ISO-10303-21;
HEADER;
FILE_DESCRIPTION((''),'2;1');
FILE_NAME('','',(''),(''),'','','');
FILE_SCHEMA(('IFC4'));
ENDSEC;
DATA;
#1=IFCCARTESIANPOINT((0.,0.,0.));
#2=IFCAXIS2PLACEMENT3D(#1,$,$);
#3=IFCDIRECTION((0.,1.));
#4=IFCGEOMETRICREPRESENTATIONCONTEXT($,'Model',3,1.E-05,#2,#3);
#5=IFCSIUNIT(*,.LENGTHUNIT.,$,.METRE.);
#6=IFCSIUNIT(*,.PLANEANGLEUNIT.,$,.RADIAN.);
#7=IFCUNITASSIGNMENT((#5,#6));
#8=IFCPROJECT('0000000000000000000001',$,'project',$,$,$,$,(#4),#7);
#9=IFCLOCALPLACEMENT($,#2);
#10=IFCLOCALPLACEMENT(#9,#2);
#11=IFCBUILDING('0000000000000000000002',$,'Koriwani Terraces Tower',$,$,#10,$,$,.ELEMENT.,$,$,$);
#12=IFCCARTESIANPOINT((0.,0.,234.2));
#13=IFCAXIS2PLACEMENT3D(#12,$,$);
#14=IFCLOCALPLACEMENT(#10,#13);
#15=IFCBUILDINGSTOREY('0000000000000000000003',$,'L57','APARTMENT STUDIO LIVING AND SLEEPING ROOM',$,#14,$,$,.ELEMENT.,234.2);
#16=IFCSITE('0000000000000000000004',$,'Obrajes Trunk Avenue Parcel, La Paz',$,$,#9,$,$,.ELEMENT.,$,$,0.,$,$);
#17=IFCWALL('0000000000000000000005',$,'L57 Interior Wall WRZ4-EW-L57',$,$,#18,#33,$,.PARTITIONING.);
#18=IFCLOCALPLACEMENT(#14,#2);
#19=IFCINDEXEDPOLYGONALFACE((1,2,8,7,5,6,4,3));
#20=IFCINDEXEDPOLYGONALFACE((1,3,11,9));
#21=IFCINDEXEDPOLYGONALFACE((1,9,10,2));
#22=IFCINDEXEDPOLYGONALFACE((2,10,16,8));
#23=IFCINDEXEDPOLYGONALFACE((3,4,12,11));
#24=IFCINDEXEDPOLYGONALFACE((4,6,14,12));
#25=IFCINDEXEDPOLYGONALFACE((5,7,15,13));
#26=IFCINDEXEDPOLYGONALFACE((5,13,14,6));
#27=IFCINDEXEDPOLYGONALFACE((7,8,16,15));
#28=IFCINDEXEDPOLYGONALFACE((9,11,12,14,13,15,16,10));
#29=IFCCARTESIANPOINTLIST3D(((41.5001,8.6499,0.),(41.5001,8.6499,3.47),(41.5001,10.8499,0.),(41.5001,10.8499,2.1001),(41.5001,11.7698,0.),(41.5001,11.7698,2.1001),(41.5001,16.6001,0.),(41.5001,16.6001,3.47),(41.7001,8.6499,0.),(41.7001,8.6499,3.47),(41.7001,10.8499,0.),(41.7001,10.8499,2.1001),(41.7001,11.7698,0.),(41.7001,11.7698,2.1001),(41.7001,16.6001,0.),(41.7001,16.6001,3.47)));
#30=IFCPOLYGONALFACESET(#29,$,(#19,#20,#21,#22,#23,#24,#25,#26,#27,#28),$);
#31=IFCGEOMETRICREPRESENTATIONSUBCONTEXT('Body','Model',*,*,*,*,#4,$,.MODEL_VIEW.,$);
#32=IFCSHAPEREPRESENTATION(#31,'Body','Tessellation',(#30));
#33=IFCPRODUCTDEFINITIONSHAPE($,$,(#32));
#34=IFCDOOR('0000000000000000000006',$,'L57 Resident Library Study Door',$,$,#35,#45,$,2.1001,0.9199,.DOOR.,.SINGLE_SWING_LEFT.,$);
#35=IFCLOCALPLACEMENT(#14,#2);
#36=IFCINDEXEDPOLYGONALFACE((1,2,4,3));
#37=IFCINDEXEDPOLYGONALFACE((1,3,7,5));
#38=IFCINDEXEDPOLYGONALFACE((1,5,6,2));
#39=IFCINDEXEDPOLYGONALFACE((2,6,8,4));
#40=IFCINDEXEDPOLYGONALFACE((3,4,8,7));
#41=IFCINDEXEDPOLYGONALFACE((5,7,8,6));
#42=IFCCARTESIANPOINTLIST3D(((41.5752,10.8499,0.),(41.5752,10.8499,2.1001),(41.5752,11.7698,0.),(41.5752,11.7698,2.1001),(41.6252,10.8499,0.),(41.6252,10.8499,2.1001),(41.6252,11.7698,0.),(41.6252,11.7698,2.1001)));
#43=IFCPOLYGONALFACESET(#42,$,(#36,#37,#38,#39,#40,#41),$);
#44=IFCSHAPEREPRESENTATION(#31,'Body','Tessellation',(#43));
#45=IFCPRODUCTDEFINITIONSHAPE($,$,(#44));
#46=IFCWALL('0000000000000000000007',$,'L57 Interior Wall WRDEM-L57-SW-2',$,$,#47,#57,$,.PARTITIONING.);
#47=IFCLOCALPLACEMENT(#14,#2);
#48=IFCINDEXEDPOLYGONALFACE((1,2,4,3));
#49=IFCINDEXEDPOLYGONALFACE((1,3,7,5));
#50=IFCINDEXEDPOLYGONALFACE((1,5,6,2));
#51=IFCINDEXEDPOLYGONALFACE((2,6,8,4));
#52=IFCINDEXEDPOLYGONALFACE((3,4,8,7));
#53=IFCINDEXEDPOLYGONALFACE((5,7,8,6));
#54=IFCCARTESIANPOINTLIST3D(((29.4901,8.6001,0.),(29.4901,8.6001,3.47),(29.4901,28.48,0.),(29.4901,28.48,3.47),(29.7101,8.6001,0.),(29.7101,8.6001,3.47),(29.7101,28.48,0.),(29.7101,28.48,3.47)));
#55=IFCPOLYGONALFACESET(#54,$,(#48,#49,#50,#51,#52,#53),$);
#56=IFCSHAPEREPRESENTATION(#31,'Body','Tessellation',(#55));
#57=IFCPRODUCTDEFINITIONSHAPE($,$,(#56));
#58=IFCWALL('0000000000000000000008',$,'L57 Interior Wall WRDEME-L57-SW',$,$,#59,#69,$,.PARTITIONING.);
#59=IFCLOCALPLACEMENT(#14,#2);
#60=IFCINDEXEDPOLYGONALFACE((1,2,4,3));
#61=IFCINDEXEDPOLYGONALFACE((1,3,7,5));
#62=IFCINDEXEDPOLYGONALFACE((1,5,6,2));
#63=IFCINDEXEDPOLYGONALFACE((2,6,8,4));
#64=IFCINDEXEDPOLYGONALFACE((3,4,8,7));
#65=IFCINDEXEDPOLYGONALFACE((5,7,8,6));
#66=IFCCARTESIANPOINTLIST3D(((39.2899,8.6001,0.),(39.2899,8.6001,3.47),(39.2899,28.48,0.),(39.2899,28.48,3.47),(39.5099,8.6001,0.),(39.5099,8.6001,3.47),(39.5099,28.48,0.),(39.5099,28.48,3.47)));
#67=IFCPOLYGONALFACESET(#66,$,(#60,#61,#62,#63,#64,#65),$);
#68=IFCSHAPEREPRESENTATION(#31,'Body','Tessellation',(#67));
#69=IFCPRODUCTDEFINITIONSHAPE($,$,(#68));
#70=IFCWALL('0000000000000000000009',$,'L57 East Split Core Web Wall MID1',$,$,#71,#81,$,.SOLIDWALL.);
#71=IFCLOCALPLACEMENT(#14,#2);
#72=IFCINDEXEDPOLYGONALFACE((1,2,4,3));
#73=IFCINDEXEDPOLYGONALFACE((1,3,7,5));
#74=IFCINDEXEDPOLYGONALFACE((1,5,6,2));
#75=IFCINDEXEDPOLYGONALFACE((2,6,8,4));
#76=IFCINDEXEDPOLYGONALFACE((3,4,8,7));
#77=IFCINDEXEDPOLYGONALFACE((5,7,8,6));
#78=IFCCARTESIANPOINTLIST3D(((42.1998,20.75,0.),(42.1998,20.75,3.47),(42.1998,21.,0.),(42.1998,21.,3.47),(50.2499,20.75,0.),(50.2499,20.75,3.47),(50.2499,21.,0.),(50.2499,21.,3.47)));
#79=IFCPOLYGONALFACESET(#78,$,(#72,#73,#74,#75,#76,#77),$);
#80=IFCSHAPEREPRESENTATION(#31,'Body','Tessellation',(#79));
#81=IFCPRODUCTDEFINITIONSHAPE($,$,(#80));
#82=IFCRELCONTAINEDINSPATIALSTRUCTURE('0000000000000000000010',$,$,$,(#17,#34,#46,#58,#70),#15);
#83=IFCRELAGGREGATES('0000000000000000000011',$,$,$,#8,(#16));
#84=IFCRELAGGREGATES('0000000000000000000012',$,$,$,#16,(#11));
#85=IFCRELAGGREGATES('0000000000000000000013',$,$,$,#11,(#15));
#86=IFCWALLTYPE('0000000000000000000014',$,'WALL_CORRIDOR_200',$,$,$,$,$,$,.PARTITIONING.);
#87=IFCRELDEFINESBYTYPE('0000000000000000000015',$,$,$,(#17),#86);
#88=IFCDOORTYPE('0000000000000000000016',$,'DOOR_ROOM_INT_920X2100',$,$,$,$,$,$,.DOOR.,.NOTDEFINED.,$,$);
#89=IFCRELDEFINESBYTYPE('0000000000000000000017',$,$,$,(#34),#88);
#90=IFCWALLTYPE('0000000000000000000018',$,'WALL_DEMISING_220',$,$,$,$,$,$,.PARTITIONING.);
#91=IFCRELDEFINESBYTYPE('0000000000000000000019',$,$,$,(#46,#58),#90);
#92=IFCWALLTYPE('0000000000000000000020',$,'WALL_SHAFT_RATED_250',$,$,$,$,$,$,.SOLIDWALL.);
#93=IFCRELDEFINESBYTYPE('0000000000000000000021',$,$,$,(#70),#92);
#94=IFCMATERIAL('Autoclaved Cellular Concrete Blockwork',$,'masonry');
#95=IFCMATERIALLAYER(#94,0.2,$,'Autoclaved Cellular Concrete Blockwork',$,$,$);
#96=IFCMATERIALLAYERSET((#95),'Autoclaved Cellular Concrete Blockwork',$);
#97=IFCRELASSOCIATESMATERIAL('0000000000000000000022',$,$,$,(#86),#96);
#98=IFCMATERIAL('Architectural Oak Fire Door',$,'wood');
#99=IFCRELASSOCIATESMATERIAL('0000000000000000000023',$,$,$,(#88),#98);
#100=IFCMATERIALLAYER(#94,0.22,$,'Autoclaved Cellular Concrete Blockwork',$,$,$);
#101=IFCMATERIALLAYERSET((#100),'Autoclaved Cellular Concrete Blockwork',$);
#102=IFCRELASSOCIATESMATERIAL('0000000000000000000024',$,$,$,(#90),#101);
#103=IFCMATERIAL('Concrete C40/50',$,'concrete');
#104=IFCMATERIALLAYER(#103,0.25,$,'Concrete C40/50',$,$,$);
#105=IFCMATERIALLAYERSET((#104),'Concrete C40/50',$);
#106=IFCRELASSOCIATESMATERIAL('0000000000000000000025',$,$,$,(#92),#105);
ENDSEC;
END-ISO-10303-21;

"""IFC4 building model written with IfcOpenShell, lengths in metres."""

from ifc_helpers import new_model, si_unit, direction, frame, frame_2d, origin, place, context, subcontext, project, spatial, rectangle, extrude, material, layer, layer_set, type_object, element, fill, save


model = new_model("IFC4")

# Units and contexts
model_context = context("Model", 3, precision=1e-05, world=origin(), true_north=direction((0.0, 1.0)))
body_context = subcontext(model_context, "Body", "Model", "MODEL_VIEW")
ifc_project = project(units=[si_unit("LENGTHUNIT", "METRE"), si_unit("PLANEANGLEUNIT", "RADIAN")], contexts=[model_context])

# Site, building, storey
site_placement = place(None, origin())
site = spatial("IfcSite", under=ifc_project, at=site_placement, Name="Obrajes Trunk Avenue Parcel, La Paz", CompositionType="ELEMENT", RefElevation=0.0)
building_placement = place(site_placement, origin())
building = spatial("IfcBuilding", under=site, at=building_placement, Name="Koriwani Terraces Tower", CompositionType="ELEMENT")
storey_placement = place(building_placement, frame((0.0, 0.0, 234.2)))
storey = spatial("IfcBuildingStorey", under=building, at=storey_placement, Name="L57", Description="APARTMENT STUDIO LIVING AND SLEEPING ROOM", CompositionType="ELEMENT", Elevation=234.2)

# Wall, opening, door
ifc_material_1 = material(Name="Autoclaved Cellular Concrete Blockwork", Category="masonry")
ifc_layer_1 = layer(ifc_material_1, 0.2, Name="Autoclaved Cellular Concrete Blockwork")
ifc_layer_set_1 = layer_set([ifc_layer_1], Name="Autoclaved Cellular Concrete Blockwork")
wall_type_1 = type_object("IfcWallType", Name="WALL_CORRIDOR_200", PredefinedType="PARTITIONING", material=ifc_layer_set_1)
wall_1_placement = place(storey_placement, frame((41.6001, 8.6499, 0.0), z_axis=(0.0, 0.0, 1.0), x_axis=(0.0, 1.0, 0.0)))
wall_1 = element("IfcWall", 1, at=wall_1_placement, inside=storey, type_object=wall_type_1, Name="L57 Interior Wall WRZ4-EW-L57", PredefinedType="PARTITIONING", context=body_context, shape_type="SweptSolid", body=[
    extrude(rectangle(XDim=7.9502, YDim=0.2, at=frame_2d((3.9751, 0.0))), origin(), (0.0, 0.0, 1.0), 3.47),
])
opening_1_placement = place(wall_1_placement, frame((2.2, 0.0, 0.0)))
opening_1 = element("IfcOpeningElement", 2, at=opening_1_placement, cuts=wall_1, PredefinedType="OPENING", context=body_context, shape_type="SweptSolid", body=[
    extrude(rectangle(XDim=0.9199, YDim=2.1001, at=frame_2d((0.46, 1.05))), frame((0.0, 0.1099, 0.0), z_axis=(0.0, -1.0, 0.0), x_axis=(1.0, 0.0, 0.0)), (0.0, 0.0, 1.0), 0.22),
])
ifc_material_2 = material(Name="Architectural Oak Fire Door", Category="wood")
door_type_1 = type_object("IfcDoorType", Name="DOOR_ROOM_INT_920X2100", OperationType="NOTDEFINED", PredefinedType="DOOR", material=ifc_material_2)
door_1_placement = place(opening_1_placement, origin())
door_1 = element("IfcDoor", 3, at=door_1_placement, inside=storey, type_object=door_type_1, Name="L57 Resident Library Study Door", OperationType="SINGLE_SWING_LEFT", OverallHeight=2.1001, OverallWidth=0.9199, PredefinedType="DOOR", context=body_context, shape_type="SweptSolid", body=[
    extrude(rectangle(XDim=0.9199, YDim=2.1001, at=frame_2d((0.46, 1.05))), frame((0.0, 0.0249, 0.0), z_axis=(0.0, -1.0, 0.0), x_axis=(1.0, 0.0, 0.0)), (0.0, 0.0, 1.0), 0.05),
])
fill(opening_1, door_1)

# Walls
ifc_layer_2 = layer(ifc_material_1, 0.22, Name="Autoclaved Cellular Concrete Blockwork")
ifc_layer_set_2 = layer_set([ifc_layer_2], Name="Autoclaved Cellular Concrete Blockwork")
wall_type_2 = type_object("IfcWallType", Name="WALL_DEMISING_220", PredefinedType="PARTITIONING", material=ifc_layer_set_2)
for number, where, z_axis, x_axis, name in (
    (4, (29.6001, 8.6001, 0.0), (0.0, 0.0, 1.0), (0.0, 1.0, 0.0), "L57 Interior Wall WRDEM-L57-SW-2"),
    (5, (39.3999, 8.6001, 0.0), (0.0, 0.0, 1.0), (0.0, 1.0, 0.0), "L57 Interior Wall WRDEME-L57-SW"),
):
    element("IfcWall", number, at=place(storey_placement, frame(where, z_axis=z_axis, x_axis=x_axis)), inside=storey, type_object=wall_type_2, Name=name, PredefinedType="PARTITIONING", context=body_context, shape_type="SweptSolid", body=[
        extrude(rectangle(XDim=19.8799, YDim=0.22, at=frame_2d((9.9399, 0.0))), origin(), (0.0, 0.0, 1.0), 3.47),
    ])
ifc_material_3 = material(Name="Concrete C40/50", Category="concrete")
ifc_layer_3 = layer(ifc_material_3, 0.25, Name="Concrete C40/50")
ifc_layer_set_3 = layer_set([ifc_layer_3], Name="Concrete C40/50")
wall_type_3 = type_object("IfcWallType", Name="WALL_SHAFT_RATED_250", PredefinedType="SOLIDWALL", material=ifc_layer_set_3)
wall_2_placement = place(storey_placement, frame((42.2, 20.875, 0.0), z_axis=(0.0, 0.0, 1.0), x_axis=(1.0, 0.0, 0.0)))
element("IfcWall", 6, at=wall_2_placement, inside=storey, type_object=wall_type_3, Name="L57 East Split Core Web Wall MID1", PredefinedType="SOLIDWALL", context=body_context, shape_type="SweptSolid", body=[
    extrude(rectangle(XDim=8.05, YDim=0.25, at=frame_2d((4.0249, 0.0))), origin(), (0.0, 0.0, 1.0), 3.47),
])

save(model, "model.ifc")
